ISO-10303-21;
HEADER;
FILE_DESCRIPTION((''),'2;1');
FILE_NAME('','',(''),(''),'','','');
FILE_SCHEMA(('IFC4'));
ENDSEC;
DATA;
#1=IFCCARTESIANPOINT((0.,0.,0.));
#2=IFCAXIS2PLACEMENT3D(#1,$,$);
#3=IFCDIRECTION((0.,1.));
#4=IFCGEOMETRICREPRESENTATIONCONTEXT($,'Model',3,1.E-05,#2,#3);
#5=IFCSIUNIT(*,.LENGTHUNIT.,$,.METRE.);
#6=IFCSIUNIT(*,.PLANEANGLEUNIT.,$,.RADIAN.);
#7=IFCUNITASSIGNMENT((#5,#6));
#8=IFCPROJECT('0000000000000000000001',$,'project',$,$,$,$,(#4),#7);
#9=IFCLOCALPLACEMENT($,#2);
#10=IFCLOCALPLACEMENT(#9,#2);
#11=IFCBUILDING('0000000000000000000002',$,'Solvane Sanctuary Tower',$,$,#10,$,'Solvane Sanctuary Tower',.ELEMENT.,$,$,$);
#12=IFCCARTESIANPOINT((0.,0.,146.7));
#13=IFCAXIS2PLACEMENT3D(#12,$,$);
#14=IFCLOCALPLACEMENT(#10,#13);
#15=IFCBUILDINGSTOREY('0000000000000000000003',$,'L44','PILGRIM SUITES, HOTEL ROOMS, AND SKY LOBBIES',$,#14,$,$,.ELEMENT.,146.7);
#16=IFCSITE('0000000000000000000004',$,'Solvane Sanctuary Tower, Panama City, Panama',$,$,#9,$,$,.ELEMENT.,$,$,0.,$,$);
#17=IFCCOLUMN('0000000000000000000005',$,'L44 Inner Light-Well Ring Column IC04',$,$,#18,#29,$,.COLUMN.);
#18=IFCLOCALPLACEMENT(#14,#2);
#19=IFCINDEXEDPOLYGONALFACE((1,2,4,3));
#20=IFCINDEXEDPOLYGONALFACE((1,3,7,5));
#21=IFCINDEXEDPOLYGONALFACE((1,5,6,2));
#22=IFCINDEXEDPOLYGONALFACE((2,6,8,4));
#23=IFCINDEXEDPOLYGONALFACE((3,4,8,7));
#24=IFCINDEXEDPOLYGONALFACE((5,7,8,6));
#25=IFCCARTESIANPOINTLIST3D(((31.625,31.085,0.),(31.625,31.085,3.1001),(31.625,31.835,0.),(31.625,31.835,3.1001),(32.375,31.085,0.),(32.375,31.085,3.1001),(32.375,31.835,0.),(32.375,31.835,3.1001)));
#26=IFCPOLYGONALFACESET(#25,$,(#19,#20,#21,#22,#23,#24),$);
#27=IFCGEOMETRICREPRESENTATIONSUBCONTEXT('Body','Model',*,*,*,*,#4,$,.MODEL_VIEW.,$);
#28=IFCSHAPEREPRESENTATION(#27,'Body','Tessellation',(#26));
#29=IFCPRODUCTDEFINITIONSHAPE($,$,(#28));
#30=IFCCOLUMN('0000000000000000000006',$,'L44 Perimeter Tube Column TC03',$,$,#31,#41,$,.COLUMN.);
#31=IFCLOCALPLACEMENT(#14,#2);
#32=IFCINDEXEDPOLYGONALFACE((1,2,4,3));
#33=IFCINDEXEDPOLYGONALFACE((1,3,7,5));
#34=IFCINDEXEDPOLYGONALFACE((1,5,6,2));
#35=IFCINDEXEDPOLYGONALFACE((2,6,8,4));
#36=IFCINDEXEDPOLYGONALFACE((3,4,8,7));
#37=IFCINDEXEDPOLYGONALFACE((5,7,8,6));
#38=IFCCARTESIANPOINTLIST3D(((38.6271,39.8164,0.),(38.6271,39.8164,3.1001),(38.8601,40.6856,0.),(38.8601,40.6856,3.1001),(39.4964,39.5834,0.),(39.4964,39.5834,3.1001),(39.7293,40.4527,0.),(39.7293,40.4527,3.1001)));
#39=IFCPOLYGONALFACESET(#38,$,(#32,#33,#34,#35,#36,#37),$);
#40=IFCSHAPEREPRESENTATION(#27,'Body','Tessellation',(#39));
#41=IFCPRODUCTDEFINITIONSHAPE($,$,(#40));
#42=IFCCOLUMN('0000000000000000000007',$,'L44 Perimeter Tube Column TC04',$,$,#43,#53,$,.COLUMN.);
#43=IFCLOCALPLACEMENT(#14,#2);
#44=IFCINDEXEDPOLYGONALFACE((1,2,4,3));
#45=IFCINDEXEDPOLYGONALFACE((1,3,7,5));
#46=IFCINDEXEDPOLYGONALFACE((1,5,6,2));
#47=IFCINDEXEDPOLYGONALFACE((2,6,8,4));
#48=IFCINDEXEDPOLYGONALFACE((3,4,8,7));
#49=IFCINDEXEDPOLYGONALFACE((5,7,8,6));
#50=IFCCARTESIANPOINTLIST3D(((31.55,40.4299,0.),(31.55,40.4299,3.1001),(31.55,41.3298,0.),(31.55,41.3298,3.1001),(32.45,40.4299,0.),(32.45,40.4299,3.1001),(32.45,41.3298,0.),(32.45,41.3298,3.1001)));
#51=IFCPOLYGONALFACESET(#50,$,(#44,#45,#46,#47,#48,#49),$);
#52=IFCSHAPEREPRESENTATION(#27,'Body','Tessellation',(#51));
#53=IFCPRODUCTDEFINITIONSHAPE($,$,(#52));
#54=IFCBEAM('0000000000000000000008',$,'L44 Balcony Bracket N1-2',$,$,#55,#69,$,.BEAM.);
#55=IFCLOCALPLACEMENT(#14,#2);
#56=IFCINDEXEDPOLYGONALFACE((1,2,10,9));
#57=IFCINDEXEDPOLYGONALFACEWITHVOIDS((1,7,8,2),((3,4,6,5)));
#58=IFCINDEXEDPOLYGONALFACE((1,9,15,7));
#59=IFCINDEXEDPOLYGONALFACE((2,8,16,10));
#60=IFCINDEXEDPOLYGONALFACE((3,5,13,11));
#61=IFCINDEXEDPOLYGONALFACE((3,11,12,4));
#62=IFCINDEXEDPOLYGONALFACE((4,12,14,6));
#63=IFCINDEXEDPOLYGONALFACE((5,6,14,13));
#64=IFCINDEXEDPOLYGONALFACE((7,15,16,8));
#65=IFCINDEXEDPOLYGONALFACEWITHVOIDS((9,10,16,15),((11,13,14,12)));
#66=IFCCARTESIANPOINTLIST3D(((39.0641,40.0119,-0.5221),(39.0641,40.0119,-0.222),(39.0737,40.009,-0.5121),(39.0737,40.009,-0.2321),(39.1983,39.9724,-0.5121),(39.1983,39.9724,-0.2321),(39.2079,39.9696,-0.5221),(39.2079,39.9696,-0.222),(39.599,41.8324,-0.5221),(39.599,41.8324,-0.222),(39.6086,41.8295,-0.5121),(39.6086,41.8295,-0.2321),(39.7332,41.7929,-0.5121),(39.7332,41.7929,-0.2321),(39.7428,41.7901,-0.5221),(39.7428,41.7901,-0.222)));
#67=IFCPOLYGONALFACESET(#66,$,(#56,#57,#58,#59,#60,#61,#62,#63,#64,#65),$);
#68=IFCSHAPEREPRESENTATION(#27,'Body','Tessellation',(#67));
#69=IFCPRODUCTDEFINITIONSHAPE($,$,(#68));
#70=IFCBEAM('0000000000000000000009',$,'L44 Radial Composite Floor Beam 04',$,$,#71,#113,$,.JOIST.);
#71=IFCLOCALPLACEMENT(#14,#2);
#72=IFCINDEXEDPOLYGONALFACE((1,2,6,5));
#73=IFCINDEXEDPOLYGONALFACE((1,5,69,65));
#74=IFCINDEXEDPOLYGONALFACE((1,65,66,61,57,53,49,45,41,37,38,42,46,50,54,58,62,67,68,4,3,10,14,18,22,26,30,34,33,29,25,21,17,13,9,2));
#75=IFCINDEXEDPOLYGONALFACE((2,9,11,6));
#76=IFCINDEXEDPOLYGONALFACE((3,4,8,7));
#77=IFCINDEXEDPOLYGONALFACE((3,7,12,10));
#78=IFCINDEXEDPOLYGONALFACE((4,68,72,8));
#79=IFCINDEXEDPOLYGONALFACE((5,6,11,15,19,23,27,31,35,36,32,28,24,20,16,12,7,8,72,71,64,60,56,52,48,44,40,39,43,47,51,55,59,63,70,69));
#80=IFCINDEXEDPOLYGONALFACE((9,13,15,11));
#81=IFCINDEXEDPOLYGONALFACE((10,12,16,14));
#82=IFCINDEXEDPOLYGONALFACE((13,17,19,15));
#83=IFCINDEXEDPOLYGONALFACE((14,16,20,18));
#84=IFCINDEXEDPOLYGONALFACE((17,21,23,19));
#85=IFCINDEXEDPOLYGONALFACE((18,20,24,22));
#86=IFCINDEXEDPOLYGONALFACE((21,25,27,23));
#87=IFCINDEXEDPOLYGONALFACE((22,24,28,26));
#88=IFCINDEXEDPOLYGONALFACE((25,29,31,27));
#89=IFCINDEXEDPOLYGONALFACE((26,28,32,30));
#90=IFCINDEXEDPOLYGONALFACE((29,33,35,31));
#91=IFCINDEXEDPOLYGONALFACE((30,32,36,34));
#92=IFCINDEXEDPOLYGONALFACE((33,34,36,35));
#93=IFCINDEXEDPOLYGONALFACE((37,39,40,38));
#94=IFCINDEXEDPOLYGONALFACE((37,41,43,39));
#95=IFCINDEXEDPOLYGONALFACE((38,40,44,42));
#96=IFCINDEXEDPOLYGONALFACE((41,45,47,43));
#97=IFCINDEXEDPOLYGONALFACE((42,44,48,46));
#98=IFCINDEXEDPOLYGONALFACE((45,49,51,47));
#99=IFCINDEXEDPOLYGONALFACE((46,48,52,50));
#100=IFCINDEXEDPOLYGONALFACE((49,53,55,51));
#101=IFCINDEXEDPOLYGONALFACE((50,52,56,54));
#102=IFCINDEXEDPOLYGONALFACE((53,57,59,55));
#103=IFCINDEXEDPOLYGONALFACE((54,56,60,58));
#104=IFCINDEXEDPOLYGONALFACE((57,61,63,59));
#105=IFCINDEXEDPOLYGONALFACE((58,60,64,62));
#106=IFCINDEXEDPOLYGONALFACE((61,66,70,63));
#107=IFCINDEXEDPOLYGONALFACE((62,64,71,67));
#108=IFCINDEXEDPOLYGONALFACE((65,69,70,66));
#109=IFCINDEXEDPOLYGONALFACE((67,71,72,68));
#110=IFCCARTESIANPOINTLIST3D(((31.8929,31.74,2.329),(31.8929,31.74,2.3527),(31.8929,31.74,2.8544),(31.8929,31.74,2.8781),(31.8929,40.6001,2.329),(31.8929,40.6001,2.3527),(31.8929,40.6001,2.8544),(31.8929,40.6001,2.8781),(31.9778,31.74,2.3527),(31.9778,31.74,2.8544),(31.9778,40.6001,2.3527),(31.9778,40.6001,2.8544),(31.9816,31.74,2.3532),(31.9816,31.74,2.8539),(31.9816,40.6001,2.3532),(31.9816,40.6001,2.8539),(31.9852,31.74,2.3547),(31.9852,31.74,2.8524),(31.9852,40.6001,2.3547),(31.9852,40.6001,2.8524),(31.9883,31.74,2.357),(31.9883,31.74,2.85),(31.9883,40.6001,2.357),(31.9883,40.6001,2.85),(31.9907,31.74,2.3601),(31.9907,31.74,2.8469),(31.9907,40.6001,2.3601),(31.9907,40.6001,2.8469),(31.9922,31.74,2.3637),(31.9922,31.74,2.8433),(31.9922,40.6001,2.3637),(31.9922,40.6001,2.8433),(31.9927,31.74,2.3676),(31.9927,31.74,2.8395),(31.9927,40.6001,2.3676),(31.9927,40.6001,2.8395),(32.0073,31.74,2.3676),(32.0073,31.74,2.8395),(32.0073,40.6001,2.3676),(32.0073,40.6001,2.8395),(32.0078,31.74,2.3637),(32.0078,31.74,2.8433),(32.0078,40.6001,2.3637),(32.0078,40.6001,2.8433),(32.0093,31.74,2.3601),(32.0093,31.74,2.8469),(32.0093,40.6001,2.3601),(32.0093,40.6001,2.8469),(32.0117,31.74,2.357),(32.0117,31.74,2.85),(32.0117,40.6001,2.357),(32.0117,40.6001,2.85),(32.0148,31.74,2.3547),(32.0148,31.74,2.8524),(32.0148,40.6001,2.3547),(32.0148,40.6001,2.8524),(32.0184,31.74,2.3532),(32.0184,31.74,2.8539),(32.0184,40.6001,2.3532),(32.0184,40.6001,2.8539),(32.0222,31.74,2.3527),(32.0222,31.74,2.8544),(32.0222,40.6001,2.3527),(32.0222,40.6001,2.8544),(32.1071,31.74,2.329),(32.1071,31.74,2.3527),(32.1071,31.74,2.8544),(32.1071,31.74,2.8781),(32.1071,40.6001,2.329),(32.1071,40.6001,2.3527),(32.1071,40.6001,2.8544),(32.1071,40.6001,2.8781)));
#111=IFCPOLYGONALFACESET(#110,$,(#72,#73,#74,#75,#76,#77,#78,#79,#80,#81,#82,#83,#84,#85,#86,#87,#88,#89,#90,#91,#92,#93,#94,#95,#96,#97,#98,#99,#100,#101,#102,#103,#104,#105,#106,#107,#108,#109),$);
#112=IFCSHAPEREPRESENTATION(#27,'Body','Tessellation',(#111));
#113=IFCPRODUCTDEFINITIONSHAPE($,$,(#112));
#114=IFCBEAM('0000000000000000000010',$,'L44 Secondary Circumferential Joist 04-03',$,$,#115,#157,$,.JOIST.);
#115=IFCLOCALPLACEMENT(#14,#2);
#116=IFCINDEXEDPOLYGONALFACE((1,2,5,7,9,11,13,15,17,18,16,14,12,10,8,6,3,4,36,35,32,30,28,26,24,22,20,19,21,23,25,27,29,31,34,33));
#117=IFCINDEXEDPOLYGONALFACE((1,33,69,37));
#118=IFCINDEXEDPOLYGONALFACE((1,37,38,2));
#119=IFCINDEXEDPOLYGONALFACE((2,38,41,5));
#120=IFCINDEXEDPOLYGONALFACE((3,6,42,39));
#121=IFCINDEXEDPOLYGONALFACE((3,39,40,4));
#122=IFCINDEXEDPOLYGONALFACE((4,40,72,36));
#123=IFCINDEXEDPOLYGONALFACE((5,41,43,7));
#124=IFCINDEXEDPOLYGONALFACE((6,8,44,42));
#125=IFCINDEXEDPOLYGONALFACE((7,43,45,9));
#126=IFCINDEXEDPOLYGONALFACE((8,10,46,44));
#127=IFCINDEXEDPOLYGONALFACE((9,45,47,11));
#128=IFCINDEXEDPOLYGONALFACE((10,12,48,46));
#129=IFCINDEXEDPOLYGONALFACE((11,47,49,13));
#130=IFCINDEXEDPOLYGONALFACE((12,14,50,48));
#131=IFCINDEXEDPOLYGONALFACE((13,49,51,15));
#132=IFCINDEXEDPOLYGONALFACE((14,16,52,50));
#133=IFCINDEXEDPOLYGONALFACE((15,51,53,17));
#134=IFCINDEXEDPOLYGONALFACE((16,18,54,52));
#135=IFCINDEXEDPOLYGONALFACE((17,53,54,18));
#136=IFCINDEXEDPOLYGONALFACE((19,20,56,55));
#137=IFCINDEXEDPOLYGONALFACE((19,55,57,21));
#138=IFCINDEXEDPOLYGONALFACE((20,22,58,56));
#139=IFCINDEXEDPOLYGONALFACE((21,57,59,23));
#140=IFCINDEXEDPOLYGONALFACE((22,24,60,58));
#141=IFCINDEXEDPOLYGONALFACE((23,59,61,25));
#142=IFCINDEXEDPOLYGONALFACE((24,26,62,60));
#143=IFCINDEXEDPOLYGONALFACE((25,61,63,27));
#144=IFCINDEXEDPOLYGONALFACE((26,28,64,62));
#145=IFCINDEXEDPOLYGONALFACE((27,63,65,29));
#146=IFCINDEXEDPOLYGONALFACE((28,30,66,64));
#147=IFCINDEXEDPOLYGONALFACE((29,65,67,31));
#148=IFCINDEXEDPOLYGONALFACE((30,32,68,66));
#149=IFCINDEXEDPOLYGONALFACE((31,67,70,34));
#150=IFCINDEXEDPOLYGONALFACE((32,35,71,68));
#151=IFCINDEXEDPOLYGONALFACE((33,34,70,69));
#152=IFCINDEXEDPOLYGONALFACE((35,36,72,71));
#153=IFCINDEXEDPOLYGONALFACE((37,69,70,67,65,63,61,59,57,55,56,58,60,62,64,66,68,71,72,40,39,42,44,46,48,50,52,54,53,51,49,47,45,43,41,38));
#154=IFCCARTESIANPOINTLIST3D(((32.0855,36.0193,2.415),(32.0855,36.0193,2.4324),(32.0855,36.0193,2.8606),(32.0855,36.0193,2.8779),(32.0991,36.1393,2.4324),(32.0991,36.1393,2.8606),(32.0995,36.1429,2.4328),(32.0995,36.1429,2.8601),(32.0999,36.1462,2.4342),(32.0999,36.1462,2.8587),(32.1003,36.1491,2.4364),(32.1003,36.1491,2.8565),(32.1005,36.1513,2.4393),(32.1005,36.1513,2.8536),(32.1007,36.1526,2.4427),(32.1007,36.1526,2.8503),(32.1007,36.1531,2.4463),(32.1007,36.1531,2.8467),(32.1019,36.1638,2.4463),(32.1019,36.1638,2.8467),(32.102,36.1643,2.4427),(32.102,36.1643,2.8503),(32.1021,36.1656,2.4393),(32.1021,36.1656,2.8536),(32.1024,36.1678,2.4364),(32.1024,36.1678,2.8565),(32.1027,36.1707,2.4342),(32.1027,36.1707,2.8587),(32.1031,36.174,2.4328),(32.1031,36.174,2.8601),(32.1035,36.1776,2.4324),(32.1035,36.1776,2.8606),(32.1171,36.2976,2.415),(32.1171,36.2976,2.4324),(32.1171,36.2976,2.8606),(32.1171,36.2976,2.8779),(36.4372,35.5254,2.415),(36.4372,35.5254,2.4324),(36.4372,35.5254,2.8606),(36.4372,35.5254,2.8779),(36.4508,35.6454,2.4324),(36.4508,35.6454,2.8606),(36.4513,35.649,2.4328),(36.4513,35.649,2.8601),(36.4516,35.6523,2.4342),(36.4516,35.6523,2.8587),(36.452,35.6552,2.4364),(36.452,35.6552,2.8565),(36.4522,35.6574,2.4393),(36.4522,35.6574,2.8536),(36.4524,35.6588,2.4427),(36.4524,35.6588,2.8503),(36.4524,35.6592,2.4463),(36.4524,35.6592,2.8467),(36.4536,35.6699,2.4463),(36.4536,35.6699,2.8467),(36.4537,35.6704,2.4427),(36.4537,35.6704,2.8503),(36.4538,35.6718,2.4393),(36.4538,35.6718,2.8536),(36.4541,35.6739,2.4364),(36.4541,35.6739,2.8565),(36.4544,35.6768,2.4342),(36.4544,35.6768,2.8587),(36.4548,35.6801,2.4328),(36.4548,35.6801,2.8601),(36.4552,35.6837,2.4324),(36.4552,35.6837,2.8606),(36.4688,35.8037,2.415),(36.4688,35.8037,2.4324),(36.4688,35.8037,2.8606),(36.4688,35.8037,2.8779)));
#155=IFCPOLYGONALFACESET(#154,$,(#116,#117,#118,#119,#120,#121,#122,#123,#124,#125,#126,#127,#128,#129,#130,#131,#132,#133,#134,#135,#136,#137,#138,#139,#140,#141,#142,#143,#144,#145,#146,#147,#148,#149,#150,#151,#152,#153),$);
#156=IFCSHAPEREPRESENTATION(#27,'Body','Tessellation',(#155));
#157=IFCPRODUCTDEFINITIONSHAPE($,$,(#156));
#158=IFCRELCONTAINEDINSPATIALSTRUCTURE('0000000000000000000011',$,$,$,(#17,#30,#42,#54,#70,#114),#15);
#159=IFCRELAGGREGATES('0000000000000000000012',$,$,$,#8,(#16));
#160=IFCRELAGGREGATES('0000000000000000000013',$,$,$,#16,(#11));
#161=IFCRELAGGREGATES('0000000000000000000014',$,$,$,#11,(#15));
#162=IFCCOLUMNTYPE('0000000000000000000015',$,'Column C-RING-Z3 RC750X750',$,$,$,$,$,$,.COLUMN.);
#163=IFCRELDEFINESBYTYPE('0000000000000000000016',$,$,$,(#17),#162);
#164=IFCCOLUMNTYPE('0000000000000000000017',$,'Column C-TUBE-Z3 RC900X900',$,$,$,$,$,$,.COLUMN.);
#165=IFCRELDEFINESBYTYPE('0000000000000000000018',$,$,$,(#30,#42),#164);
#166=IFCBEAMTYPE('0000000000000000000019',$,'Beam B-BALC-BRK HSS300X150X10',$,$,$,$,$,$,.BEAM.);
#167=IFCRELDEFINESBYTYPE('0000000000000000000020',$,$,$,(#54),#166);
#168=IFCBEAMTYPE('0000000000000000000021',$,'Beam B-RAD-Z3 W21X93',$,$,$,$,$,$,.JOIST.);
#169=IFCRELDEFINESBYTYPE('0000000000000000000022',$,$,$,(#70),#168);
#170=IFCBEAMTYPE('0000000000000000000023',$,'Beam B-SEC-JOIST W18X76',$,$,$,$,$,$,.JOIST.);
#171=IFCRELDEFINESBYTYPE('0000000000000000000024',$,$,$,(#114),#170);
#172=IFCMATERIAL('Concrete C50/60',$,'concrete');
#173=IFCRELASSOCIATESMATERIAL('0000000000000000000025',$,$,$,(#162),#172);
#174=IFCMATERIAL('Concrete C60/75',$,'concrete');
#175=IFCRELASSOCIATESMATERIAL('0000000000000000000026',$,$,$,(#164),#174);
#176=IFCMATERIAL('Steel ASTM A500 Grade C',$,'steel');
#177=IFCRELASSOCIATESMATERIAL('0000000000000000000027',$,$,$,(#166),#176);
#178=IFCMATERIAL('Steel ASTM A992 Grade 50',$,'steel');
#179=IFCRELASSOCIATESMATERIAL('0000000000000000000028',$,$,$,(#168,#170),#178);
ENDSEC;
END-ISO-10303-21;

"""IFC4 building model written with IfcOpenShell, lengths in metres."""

from ifc_helpers import new_model, si_unit, direction, frame, origin, origin_2d, place, context, subcontext, project, spatial, rectangle, hollow_rectangle, i_section, extrude, material, material_profile, profile_set, type_object, element, save


model = new_model("IFC4")

# Units and contexts
model_context = context("Model", 3, precision=1e-05, world=origin(), true_north=direction((0.0, 1.0)))
body_context = subcontext(model_context, "Body", "Model", "MODEL_VIEW")
ifc_project = project(units=[si_unit("LENGTHUNIT", "METRE"), si_unit("PLANEANGLEUNIT", "RADIAN")], contexts=[model_context])

# Site, building, storey
site_placement = place(None, origin())
site = spatial("IfcSite", under=ifc_project, at=site_placement, Name="Solvane Sanctuary Tower, Panama City, Panama", CompositionType="ELEMENT", RefElevation=0.0)
building_placement = place(site_placement, origin())
building = spatial("IfcBuilding", under=site, at=building_placement, Name="Solvane Sanctuary Tower", LongName="Solvane Sanctuary Tower", CompositionType="ELEMENT")
storey_placement = place(building_placement, frame((0.0, 0.0, 146.7)))
storey = spatial("IfcBuildingStorey", under=building, at=storey_placement, Name="L44", Description="PILGRIM SUITES, HOTEL ROOMS, AND SKY LOBBIES", CompositionType="ELEMENT", Elevation=146.7)

# Columns
ifc_material_1 = material(Name="Concrete C50/60", Category="concrete")
ifc_material_profile_1 = material_profile(ifc_material_1, rectangle(XDim=0.75, YDim=0.75, at=origin_2d()), Name="RC750X750")
ifc_profile_set_1 = profile_set([ifc_material_profile_1], Name="Concrete C50/60")
column_type_1 = type_object("IfcColumnType", Name="Column C-RING-Z3 RC750X750", PredefinedType="COLUMN", material=ifc_profile_set_1)
column_placement = place(storey_placement, frame((32.0, 31.46, 0.0), z_axis=(0.0, 0.0, 1.0), x_axis=(1.0, 0.0, 0.0)))
element("IfcColumn", 1, at=column_placement, inside=storey, type_object=column_type_1, Name="L44 Inner Light-Well Ring Column IC04", PredefinedType="COLUMN", context=body_context, shape_type="SweptSolid", body=[
    extrude(rectangle(XDim=0.75, YDim=0.75, at=origin_2d()), origin(), (0.0, 0.0, 1.0), 3.1001),
])
ifc_material_2 = material(Name="Concrete C60/75", Category="concrete")
ifc_material_profile_2 = material_profile(ifc_material_2, rectangle(XDim=0.8999, YDim=0.8999, at=origin_2d()), Name="RC900X900")
ifc_profile_set_2 = profile_set([ifc_material_profile_2], Name="Concrete C60/75")
column_type_2 = type_object("IfcColumnType", Name="Column C-TUBE-Z3 RC900X900", PredefinedType="COLUMN", material=ifc_profile_set_2)
for number, where, z_axis, x_axis, name in (
    (2, (39.1782, 40.1345, 0.0), (0.0, 0.0, 1.0), (0.258819, 0.965926, 0.0), "L44 Perimeter Tube Column TC03"),
    (3, (32.0, 40.8799, 0.0), (0.0, 0.0, 1.0), (0.0, 1.0, 0.0), "L44 Perimeter Tube Column TC04"),
):
    element("IfcColumn", number, at=place(storey_placement, frame(where, z_axis=z_axis, x_axis=x_axis)), inside=storey, type_object=column_type_2, Name=name, PredefinedType="COLUMN", context=body_context, shape_type="SweptSolid", body=[
        extrude(rectangle(XDim=0.8999, YDim=0.8999, at=origin_2d()), origin(), (0.0, 0.0, 1.0), 3.1001),
    ])

# Beams
ifc_material_3 = material(Name="Steel ASTM A500 Grade C", Category="steel")
ifc_material_profile_3 = material_profile(ifc_material_3, hollow_rectangle(XDim=0.1499, YDim=0.3, WallThickness=0.01, at=origin_2d()), Name="HSS300X150X10")
ifc_profile_set_3 = profile_set([ifc_material_profile_3], Name="Steel ASTM A500 Grade C")
beam_type_1 = type_object("IfcBeamType", Name="Beam B-BALC-BRK HSS300X150X10", PredefinedType="BEAM", material=ifc_profile_set_3)
beam_1_placement = place(storey_placement, frame((39.136, 39.9907, -0.3721), z_axis=(0.281902, 0.959443, 0.0), x_axis=(-0.959443, 0.281902, 0.0)))
element("IfcBeam", 4, at=beam_1_placement, inside=storey, type_object=beam_type_1, Name="L44 Balcony Bracket N1-2", PredefinedType="BEAM", context=body_context, shape_type="SweptSolid", body=[
    extrude(hollow_rectangle(XDim=0.1499, YDim=0.3, WallThickness=0.01, at=origin_2d()), origin(), (0.0, 0.0, 1.0), 1.8975),
])
ifc_material_4 = material(Name="Steel ASTM A992 Grade 50", Category="steel")
ifc_material_profile_4 = material_profile(ifc_material_4, i_section(OverallWidth=0.2141, OverallDepth=0.5491, WebThickness=0.0146, FlangeThickness=0.0237, FilletRadius=0.0149, at=origin_2d()), Name="W21X93")
ifc_profile_set_4 = profile_set([ifc_material_profile_4], Name="Steel ASTM A992 Grade 50")
beam_type_2 = type_object("IfcBeamType", Name="Beam B-RAD-Z3 W21X93", PredefinedType="JOIST", material=ifc_profile_set_4)
beam_2_placement = place(storey_placement, frame((32.0, 31.74, 2.6035), z_axis=(0.0, 1.0, 0.0), x_axis=(-1.0, 0.0, 0.0)))
element("IfcBeam", 5, at=beam_2_placement, inside=storey, type_object=beam_type_2, Name="L44 Radial Composite Floor Beam 04", PredefinedType="JOIST", context=body_context, shape_type="SweptSolid", body=[
    extrude(i_section(OverallWidth=0.2141, OverallDepth=0.5491, WebThickness=0.0146, FlangeThickness=0.0237, FilletRadius=0.0149, at=origin_2d()), origin(), (0.0, 0.0, 1.0), 8.8601),
])
ifc_material_profile_5 = material_profile(ifc_material_4, i_section(OverallWidth=0.28, OverallDepth=0.4629, WebThickness=0.0107, FlangeThickness=0.0173, FilletRadius=0.0139, at=origin_2d()), Name="W18X76")
ifc_profile_set_5 = profile_set([ifc_material_profile_5], Name="Steel ASTM A992 Grade 50")
beam_type_3 = type_object("IfcBeamType", Name="Beam B-SEC-JOIST W18X76", PredefinedType="JOIST", material=ifc_profile_set_5)
beam_3_placement = place(storey_placement, frame((32.1013, 36.1584, 2.6465), z_axis=(0.993621, -0.112768, 0.0), x_axis=(0.112768, 0.993621, 0.0)))
element("IfcBeam", 6, at=beam_3_placement, inside=storey, type_object=beam_type_3, Name="L44 Secondary Circumferential Joist 04-03", PredefinedType="JOIST", context=body_context, shape_type="SweptSolid", body=[
    extrude(i_section(OverallWidth=0.28, OverallDepth=0.4629, WebThickness=0.0107, FlangeThickness=0.0173, FilletRadius=0.0139, at=origin_2d()), origin(), (0.0, 0.0, 1.0), 4.3796),
])

save(model, "model.ifc")
